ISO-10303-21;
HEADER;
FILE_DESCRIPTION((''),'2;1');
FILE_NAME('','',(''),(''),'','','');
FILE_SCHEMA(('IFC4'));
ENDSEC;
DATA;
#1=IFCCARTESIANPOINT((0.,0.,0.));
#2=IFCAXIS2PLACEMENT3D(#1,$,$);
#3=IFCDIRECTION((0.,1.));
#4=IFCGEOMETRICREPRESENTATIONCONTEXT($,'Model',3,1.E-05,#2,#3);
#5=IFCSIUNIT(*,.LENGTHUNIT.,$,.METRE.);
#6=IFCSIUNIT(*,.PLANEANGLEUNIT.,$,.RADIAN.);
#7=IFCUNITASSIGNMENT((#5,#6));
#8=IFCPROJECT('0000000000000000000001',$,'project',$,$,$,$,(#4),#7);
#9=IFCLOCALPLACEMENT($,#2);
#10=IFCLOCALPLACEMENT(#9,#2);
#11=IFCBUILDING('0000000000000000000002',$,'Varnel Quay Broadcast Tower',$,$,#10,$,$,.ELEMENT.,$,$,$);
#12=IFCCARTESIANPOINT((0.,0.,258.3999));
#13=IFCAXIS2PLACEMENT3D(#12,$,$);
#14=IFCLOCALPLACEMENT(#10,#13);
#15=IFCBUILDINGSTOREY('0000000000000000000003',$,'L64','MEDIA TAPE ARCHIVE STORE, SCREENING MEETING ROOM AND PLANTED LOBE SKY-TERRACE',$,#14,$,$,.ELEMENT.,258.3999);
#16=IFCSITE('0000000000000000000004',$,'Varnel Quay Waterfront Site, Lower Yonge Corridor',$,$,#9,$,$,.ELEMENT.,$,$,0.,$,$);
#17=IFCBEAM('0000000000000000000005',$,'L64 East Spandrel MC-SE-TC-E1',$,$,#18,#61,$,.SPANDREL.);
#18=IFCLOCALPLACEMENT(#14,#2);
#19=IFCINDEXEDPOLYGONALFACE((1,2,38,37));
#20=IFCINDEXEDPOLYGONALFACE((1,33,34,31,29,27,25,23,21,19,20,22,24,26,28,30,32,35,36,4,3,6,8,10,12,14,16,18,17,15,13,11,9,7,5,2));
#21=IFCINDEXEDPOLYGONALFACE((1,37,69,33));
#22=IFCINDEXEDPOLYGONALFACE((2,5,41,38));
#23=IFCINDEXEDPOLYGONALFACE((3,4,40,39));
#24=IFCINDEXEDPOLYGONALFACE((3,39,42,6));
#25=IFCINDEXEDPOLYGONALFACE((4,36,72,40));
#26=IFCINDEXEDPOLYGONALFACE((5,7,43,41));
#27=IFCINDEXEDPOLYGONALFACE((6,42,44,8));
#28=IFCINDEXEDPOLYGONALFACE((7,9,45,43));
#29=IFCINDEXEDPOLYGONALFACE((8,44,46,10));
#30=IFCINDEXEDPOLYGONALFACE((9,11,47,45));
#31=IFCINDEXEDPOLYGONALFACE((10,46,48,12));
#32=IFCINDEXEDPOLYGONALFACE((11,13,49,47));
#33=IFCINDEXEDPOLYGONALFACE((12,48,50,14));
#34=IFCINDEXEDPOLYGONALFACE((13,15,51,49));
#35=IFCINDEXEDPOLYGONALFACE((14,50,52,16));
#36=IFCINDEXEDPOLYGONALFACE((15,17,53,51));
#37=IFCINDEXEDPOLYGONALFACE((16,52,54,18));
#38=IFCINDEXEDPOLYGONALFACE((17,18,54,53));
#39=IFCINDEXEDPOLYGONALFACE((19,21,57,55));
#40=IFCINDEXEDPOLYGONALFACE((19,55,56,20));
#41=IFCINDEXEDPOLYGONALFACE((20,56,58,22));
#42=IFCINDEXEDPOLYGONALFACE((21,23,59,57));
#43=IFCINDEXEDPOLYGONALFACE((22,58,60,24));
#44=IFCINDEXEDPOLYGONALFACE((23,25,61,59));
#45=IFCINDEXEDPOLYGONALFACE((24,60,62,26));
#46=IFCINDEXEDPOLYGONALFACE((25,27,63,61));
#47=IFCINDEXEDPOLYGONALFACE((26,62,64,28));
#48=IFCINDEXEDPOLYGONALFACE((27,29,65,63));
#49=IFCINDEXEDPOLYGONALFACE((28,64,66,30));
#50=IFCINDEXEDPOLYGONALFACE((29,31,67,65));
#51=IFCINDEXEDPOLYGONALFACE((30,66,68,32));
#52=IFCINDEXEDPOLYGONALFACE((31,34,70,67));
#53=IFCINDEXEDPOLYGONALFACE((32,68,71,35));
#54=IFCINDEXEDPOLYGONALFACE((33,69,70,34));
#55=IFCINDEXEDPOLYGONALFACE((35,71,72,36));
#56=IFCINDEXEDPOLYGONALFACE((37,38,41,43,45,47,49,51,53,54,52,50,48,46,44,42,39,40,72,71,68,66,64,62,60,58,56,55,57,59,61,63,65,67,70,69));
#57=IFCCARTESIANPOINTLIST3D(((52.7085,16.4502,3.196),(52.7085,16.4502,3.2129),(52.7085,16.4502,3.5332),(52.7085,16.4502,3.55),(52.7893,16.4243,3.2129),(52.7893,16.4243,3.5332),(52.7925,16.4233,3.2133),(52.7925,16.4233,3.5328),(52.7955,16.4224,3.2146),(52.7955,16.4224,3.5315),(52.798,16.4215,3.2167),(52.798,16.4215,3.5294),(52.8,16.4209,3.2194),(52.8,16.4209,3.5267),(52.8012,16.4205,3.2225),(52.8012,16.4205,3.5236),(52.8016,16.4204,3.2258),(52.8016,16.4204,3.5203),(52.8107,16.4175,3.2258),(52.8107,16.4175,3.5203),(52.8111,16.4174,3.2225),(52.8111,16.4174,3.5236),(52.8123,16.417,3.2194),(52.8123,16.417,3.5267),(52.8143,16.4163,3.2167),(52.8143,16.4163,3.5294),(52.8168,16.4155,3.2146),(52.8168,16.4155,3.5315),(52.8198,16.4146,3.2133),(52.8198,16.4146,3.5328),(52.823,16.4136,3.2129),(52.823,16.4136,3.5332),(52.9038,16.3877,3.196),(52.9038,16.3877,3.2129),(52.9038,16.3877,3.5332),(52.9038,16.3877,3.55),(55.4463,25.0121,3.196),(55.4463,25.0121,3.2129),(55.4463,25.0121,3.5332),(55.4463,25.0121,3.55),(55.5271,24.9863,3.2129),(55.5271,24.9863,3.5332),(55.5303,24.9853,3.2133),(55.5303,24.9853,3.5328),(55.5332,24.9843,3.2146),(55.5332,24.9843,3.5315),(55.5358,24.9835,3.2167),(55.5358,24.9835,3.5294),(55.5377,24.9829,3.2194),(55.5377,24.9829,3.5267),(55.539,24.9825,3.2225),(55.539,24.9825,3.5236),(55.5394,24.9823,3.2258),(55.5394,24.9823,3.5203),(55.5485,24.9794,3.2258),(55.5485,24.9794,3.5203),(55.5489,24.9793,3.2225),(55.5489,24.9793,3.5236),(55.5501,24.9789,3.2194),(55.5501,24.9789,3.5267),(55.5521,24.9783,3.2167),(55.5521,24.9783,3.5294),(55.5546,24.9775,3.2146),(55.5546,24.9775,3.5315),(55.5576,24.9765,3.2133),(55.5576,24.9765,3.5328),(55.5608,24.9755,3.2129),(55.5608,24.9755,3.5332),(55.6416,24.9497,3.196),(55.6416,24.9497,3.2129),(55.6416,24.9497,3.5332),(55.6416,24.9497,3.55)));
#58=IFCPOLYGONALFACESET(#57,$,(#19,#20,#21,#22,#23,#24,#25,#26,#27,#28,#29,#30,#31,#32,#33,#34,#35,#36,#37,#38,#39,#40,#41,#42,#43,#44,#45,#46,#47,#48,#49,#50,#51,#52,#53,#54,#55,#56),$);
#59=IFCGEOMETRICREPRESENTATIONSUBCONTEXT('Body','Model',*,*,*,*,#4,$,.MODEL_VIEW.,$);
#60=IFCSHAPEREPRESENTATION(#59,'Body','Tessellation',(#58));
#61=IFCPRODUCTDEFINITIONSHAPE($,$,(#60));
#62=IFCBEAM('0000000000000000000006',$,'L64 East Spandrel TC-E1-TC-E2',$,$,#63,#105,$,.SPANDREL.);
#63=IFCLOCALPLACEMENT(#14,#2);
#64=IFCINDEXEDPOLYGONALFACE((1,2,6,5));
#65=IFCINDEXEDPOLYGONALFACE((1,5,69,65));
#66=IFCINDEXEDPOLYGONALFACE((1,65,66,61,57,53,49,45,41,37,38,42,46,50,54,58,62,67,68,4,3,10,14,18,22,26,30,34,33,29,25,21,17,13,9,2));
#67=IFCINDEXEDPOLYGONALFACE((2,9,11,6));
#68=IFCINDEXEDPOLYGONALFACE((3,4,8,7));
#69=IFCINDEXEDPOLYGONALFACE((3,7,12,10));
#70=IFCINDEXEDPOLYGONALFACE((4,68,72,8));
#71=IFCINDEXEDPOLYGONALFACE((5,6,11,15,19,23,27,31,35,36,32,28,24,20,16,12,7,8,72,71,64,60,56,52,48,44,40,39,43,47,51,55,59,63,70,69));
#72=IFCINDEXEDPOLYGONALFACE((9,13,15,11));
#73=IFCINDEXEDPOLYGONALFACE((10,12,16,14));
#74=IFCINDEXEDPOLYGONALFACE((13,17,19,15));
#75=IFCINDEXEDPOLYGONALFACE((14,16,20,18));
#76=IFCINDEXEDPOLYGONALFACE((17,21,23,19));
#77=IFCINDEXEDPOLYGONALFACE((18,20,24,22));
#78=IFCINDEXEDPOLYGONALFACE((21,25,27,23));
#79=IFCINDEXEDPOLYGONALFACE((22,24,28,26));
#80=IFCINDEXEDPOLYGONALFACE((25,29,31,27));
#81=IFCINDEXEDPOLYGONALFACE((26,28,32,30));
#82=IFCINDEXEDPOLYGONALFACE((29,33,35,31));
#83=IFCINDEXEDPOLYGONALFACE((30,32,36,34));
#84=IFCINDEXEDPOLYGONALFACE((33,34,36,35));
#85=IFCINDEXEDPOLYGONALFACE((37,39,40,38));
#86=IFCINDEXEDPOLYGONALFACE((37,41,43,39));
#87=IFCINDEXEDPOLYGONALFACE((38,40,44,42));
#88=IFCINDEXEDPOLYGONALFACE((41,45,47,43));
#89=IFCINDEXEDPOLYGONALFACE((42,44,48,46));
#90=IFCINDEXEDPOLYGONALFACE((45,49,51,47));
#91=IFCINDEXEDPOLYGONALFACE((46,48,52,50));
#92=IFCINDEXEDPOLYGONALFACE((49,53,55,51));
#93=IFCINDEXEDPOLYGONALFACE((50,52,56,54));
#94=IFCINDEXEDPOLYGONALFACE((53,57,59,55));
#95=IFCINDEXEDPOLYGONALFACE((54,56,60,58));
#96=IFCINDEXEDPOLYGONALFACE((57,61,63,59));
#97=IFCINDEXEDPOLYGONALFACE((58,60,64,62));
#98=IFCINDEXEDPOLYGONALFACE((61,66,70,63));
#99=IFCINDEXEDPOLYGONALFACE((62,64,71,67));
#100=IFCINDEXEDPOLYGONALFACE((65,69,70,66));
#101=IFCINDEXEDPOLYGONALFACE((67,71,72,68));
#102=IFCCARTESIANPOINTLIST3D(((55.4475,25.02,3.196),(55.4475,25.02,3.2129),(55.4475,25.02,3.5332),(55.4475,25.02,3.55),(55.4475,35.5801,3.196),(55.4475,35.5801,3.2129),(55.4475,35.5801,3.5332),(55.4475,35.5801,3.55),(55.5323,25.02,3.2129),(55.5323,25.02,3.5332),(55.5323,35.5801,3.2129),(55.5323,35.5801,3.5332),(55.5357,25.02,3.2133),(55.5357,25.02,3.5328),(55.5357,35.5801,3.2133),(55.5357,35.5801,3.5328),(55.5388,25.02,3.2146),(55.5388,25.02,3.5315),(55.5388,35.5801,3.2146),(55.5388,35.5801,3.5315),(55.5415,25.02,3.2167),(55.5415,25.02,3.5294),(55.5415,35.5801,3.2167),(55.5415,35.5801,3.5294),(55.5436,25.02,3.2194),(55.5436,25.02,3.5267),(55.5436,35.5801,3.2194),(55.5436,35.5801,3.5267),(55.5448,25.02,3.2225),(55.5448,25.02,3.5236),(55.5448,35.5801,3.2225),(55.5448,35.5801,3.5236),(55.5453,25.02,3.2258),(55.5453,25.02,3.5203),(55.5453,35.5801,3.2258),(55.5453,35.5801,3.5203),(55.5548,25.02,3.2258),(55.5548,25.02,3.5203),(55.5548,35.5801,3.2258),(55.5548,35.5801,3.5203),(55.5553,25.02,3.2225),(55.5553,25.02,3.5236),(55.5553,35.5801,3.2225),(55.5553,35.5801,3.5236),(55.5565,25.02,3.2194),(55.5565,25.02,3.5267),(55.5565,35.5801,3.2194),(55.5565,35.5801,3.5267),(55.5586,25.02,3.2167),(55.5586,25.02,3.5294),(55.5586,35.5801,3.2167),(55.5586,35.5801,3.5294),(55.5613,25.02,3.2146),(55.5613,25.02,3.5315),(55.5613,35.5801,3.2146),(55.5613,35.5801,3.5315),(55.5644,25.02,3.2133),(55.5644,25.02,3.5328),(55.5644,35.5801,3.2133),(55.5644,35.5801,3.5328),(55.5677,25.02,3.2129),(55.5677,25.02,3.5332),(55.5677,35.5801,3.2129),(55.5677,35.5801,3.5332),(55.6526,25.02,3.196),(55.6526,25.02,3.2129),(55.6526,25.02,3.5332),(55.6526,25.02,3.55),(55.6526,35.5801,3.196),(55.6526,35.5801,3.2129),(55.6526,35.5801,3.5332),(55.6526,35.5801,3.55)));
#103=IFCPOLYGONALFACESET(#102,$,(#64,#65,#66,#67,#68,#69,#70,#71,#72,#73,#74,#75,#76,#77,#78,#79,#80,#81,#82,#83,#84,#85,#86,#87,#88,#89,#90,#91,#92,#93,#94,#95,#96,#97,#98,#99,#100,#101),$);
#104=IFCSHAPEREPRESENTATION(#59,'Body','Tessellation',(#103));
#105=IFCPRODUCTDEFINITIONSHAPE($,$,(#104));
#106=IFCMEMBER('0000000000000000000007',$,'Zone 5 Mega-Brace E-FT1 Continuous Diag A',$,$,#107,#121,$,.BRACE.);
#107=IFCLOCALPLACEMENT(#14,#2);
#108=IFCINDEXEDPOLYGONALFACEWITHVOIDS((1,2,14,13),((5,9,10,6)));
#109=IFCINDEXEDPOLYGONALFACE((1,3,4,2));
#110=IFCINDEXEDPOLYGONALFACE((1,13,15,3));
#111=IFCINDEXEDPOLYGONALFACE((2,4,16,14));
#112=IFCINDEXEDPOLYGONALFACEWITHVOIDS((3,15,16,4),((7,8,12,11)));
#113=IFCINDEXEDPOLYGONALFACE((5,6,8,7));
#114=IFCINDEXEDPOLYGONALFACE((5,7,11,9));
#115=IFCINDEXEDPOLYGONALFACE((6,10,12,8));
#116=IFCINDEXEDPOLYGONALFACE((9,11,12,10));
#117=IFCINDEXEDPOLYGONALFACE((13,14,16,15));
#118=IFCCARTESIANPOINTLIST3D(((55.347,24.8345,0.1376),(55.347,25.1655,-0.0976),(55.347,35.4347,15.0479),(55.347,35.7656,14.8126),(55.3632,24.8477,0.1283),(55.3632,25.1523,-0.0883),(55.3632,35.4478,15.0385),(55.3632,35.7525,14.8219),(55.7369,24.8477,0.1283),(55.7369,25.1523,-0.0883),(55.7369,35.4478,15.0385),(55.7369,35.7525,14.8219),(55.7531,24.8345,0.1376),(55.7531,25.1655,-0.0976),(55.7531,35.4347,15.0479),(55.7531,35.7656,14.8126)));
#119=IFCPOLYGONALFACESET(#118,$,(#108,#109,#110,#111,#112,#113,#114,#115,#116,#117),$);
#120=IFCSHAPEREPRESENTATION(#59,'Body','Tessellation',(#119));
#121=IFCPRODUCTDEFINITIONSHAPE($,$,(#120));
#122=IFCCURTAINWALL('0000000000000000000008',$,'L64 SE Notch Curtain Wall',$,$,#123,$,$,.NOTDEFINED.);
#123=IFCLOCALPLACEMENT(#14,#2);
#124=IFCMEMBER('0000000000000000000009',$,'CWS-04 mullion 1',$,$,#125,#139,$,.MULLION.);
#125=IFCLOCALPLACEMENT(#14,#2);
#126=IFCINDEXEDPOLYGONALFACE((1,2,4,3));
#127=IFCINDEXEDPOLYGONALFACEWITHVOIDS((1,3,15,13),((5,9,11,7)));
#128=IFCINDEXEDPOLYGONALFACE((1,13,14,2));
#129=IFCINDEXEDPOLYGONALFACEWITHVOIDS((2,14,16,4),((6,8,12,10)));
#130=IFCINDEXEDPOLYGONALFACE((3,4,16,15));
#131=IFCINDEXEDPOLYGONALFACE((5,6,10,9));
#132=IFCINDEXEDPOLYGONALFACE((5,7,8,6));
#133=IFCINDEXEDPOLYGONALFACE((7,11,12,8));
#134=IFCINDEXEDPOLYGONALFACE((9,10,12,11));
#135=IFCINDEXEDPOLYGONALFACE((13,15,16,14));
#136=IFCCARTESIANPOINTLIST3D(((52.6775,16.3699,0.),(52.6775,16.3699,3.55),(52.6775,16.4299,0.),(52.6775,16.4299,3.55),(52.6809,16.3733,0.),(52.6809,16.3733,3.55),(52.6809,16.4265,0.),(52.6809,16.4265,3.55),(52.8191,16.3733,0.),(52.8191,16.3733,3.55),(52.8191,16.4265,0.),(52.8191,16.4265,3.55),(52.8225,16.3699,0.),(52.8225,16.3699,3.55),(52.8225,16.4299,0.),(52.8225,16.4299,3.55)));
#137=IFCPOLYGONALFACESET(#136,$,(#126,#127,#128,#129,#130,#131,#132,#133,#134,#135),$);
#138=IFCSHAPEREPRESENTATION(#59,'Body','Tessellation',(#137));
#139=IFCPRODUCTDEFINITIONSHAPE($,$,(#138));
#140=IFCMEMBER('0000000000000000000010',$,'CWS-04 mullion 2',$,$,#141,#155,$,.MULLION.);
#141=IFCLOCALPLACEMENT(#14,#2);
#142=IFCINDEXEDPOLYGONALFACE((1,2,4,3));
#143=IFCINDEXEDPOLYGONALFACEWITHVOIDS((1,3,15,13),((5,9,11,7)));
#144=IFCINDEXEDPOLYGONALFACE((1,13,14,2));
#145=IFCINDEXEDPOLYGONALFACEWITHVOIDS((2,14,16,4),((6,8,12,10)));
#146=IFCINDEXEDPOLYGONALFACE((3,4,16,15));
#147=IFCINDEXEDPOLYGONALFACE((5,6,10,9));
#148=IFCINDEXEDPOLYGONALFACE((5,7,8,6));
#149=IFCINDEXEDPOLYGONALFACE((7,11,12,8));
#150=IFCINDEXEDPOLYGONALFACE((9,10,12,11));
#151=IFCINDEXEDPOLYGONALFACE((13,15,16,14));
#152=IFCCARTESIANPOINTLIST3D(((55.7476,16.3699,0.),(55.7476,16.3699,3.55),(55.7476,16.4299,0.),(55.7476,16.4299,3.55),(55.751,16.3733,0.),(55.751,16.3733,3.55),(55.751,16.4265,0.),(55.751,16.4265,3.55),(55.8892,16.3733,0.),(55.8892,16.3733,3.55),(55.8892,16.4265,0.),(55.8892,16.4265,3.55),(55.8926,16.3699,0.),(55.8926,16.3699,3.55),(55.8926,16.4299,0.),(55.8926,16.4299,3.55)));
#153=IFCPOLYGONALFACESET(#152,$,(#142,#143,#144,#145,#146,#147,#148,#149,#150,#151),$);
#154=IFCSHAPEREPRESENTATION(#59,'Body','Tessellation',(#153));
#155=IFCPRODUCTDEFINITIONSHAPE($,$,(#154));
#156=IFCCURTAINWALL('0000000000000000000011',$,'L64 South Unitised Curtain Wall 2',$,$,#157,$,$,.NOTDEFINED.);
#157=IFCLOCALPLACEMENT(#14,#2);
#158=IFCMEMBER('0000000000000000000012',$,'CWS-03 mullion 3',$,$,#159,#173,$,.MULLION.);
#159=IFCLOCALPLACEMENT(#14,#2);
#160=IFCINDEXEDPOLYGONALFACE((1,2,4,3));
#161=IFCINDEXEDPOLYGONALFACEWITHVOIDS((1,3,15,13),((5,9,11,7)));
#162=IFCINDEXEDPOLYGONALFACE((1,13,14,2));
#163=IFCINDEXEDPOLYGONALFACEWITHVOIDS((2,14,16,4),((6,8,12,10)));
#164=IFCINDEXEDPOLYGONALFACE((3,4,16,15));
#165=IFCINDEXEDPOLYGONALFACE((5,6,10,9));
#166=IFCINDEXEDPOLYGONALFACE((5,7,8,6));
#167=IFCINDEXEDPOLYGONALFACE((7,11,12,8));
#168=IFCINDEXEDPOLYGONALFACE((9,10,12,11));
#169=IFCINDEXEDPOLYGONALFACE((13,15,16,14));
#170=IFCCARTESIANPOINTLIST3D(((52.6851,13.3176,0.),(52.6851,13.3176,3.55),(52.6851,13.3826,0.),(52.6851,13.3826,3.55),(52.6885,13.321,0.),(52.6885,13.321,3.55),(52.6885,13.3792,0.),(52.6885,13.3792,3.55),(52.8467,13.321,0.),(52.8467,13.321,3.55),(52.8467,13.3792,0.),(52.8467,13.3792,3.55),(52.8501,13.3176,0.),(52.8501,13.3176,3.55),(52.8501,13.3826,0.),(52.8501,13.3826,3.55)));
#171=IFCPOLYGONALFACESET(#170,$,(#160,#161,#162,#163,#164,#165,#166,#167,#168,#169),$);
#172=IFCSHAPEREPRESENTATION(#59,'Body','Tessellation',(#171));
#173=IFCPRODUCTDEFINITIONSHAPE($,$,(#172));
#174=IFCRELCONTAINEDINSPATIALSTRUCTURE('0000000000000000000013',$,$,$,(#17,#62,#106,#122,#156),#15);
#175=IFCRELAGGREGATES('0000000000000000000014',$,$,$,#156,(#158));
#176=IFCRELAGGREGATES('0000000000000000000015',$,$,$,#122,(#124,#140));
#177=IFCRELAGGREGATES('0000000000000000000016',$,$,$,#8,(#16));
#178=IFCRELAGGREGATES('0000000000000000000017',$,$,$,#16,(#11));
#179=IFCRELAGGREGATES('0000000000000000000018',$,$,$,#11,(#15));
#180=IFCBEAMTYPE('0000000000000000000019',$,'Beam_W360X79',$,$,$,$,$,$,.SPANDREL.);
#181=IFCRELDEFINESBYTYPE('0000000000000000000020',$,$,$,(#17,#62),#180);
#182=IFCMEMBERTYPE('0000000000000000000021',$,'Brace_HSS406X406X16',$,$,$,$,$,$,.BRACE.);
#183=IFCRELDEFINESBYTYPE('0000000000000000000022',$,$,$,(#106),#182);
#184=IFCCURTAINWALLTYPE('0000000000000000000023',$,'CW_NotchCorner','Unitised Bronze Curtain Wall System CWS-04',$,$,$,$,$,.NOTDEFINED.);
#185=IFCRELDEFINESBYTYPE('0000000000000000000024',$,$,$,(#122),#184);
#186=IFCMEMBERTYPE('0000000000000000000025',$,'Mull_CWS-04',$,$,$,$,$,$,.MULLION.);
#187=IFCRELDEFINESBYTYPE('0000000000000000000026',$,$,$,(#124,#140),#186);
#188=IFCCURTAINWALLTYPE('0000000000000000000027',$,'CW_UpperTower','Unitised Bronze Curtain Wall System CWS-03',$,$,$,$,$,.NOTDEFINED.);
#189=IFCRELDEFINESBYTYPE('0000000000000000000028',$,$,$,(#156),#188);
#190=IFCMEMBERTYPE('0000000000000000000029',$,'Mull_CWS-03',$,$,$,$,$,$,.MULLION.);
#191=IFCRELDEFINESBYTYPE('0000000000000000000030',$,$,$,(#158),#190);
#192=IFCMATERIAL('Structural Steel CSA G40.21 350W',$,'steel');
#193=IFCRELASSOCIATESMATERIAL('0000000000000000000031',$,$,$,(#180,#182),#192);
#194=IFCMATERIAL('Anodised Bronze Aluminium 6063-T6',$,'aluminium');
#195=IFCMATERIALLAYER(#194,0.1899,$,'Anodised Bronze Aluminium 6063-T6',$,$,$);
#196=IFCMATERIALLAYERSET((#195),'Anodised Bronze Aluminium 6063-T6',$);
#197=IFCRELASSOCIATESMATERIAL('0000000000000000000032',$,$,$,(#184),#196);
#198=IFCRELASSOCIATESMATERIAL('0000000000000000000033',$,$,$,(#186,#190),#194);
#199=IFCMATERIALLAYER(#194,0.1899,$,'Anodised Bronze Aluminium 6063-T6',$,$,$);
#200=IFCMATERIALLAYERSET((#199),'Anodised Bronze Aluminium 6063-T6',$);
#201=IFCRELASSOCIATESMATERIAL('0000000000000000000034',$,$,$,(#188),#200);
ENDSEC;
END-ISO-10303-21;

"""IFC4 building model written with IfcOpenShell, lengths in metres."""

from ifc_helpers import new_model, si_unit, direction, frame, origin, origin_2d, place, context, subcontext, project, spatial, hollow_rectangle, i_section, extrude, source, transform, mapped, material, layer, layer_set, material_profile, profile_set, type_object, type_shapes, element, aggregate, save


model = new_model("IFC4")

# Units and contexts
model_context = context("Model", 3, precision=1e-05, world=origin(), true_north=direction((0.0, 1.0)))
body_context = subcontext(model_context, "Body", "Model", "MODEL_VIEW")
ifc_project = project(units=[si_unit("LENGTHUNIT", "METRE"), si_unit("PLANEANGLEUNIT", "RADIAN")], contexts=[model_context])

# Site, building, storey
site_placement = place(None, origin())
site = spatial("IfcSite", under=ifc_project, at=site_placement, Name="Varnel Quay Waterfront Site, Lower Yonge Corridor", CompositionType="ELEMENT", RefElevation=0.0)
building_placement = place(site_placement, origin())
building = spatial("IfcBuilding", under=site, at=building_placement, Name="Varnel Quay Broadcast Tower", CompositionType="ELEMENT")
storey_placement = place(building_placement, frame((0.0, 0.0, 258.3999)))
storey = spatial("IfcBuildingStorey", under=building, at=storey_placement, Name="L64", Description="MEDIA TAPE ARCHIVE STORE, SCREENING MEETING ROOM AND PLANTED LOBE SKY-TERRACE", CompositionType="ELEMENT", Elevation=258.3999)

# Shared definitions
ifc_material_1 = material(Name="Structural Steel CSA G40.21 350W", Category="steel")

# Beams
ifc_material_profile_1 = material_profile(ifc_material_1, i_section(OverallWidth=0.2051, OverallDepth=0.354, WebThickness=0.0095, FlangeThickness=0.0168, FilletRadius=0.0129, at=origin_2d()), Name="W360X79")
ifc_profile_set_1 = profile_set([ifc_material_profile_1], Name="Structural Steel CSA G40.21 350W")
beam_type = type_object("IfcBeamType", Name="Beam_W360X79", PredefinedType="SPANDREL", material=ifc_profile_set_1)
shared_shape_1 = source(origin(), body_context, "Body", "SweptSolid", [
    extrude(i_section(OverallWidth=0.2051, OverallDepth=0.354, WebThickness=0.0095, FlangeThickness=0.0168, FilletRadius=0.0129, at=origin_2d()), origin(), (0.0, 0.0, 1.0), 8.989),
])
beam_1_placement = place(storey_placement, frame((52.8062, 16.4189, 3.373), z_axis=(0.304569, 0.95249, 0.0), x_axis=(-0.95249, 0.304569, 0.0)))
element("IfcBeam", 1, at=beam_1_placement, inside=storey, type_object=beam_type, Name="L64 East Spandrel MC-SE-TC-E1", PredefinedType="SPANDREL", context=body_context, shape_type="MappedRepresentation", body=[
    mapped(shared_shape_1, transform((0.0, 0.0, 0.0), x_axis=(1.0, 0.0, 0.0), y_axis=(0.0, 1.0, 0.0), z_axis=(0.0, 0.0, 1.0), scale=1.0)),
])
shared_shape_2 = source(origin(), body_context, "Body", "SweptSolid", [
    extrude(i_section(OverallWidth=0.2051, OverallDepth=0.354, WebThickness=0.0095, FlangeThickness=0.0168, FilletRadius=0.0129, at=origin_2d()), origin(), (0.0, 0.0, 1.0), 10.5601),
])
beam_2_placement = place(storey_placement, frame((55.55, 25.02, 3.373), z_axis=(0.0, 1.0, 0.0), x_axis=(-1.0, 0.0, 0.0)))
element("IfcBeam", 2, at=beam_2_placement, inside=storey, type_object=beam_type, Name="L64 East Spandrel TC-E1-TC-E2", PredefinedType="SPANDREL", context=body_context, shape_type="MappedRepresentation", body=[
    mapped(shared_shape_2, transform((0.0, 0.0, 0.0), x_axis=(1.0, 0.0, 0.0), y_axis=(0.0, 1.0, 0.0), z_axis=(0.0, 0.0, 1.0), scale=1.0)),
])

# Member
ifc_material_profile_2 = material_profile(ifc_material_1, hollow_rectangle(XDim=0.406, YDim=0.406, WallThickness=0.0161, at=origin_2d()), Name="HSS406X406X16")
ifc_profile_set_2 = profile_set([ifc_material_profile_2], Name="Structural Steel CSA G40.21 350W")
member_type_1 = type_object("IfcMemberType", Name="Brace_HSS406X406X16", PredefinedType="BRACE", material=ifc_profile_set_2)
shared_shape_3 = source(origin(), body_context, "Body", "SweptSolid", [
    extrude(hollow_rectangle(XDim=0.406, YDim=0.406, WallThickness=0.0161, at=origin_2d()), origin(), (0.0, 0.0, 1.0), 18.2942),
])
type_shapes(member_type_1, [shared_shape_3])
member_1_placement = place(storey_placement, frame((55.55, 25.0, 0.02), z_axis=(0.0, 0.579426, 0.815025), x_axis=(-1.0, 0.0, 0.0)))
element("IfcMember", 3, at=member_1_placement, inside=storey, type_object=member_type_1, Name="Zone 5 Mega-Brace E-FT1 Continuous Diag A", PredefinedType="BRACE", context=body_context, shape_type="MappedRepresentation", body=[
    mapped(shared_shape_3, transform((0.0, 0.0, 0.0), x_axis=(1.0, 0.0, 0.0), y_axis=(0.0, 1.0, 0.0), z_axis=(0.0, 0.0, 1.0), scale=1.0)),
])

# Curtain wall, members
ifc_material_2 = material(Name="Anodised Bronze Aluminium 6063-T6", Category="aluminium")
ifc_layer_1 = layer(ifc_material_2, 0.1899, Name="Anodised Bronze Aluminium 6063-T6")
ifc_layer_set_1 = layer_set([ifc_layer_1], Name="Anodised Bronze Aluminium 6063-T6")
curtain_wall_type_1 = type_object("IfcCurtainWallType", Name="CW_NotchCorner", Description="Unitised Bronze Curtain Wall System CWS-04", PredefinedType="NOTDEFINED", material=ifc_layer_set_1)
curtain_wall_1_placement = place(storey_placement, origin())
curtain_wall_1 = element("IfcCurtainWall", 4, at=curtain_wall_1_placement, inside=storey, type_object=curtain_wall_type_1, Name="L64 SE Notch Curtain Wall", PredefinedType="NOTDEFINED")
ifc_material_profile_3 = material_profile(ifc_material_2, hollow_rectangle(XDim=0.0601, YDim=0.145, WallThickness=0.0034, at=origin_2d()), Name="ALU60X145X3.5")
ifc_profile_set_3 = profile_set([ifc_material_profile_3], Name="Anodised Bronze Aluminium 6063-T6")
member_type_2 = type_object("IfcMemberType", Name="Mull_CWS-04", PredefinedType="MULLION", material=ifc_profile_set_3)
shared_shape_4 = source(origin(), body_context, "Body", "SweptSolid", [
    extrude(hollow_rectangle(XDim=0.0601, YDim=0.145, WallThickness=0.0034, at=origin_2d()), origin(), (0.0, 0.0, 1.0), 3.55),
])
type_shapes(member_type_2, [shared_shape_4])
member_2_placement = place(storey_placement, frame((52.75, 16.3999, 0.0), z_axis=(0.0, 0.0, 1.0), x_axis=(0.0, 1.0, 0.0)))
member_2 = element("IfcMember", 5, at=member_2_placement, type_object=member_type_2, Name="CWS-04 mullion 1", PredefinedType="MULLION", context=body_context, shape_type="MappedRepresentation", body=[
    mapped(shared_shape_4, transform((0.0, 0.0, 0.0), x_axis=(1.0, 0.0, 0.0), y_axis=(0.0, 1.0, 0.0), z_axis=(0.0, 0.0, 1.0), scale=1.0)),
])
member_3_placement = place(storey_placement, frame((55.8201, 16.3999, 0.0), z_axis=(0.0, 0.0, 1.0), x_axis=(0.0, 1.0, 0.0)))
member_3 = element("IfcMember", 6, at=member_3_placement, type_object=member_type_2, Name="CWS-04 mullion 2", PredefinedType="MULLION", context=body_context, shape_type="MappedRepresentation", body=[
    mapped(shared_shape_4, transform((0.0, 0.0, 0.0), x_axis=(1.0, 0.0, 0.0), y_axis=(0.0, 1.0, 0.0), z_axis=(0.0, 0.0, 1.0), scale=1.0)),
])

# Curtain wall, member
ifc_layer_2 = layer(ifc_material_2, 0.1899, Name="Anodised Bronze Aluminium 6063-T6")
ifc_layer_set_2 = layer_set([ifc_layer_2], Name="Anodised Bronze Aluminium 6063-T6")
curtain_wall_type_2 = type_object("IfcCurtainWallType", Name="CW_UpperTower", Description="Unitised Bronze Curtain Wall System CWS-03", PredefinedType="NOTDEFINED", material=ifc_layer_set_2)
curtain_wall_2_placement = place(storey_placement, origin())
curtain_wall_2 = element("IfcCurtainWall", 7, at=curtain_wall_2_placement, inside=storey, type_object=curtain_wall_type_2, Name="L64 South Unitised Curtain Wall 2", PredefinedType="NOTDEFINED")
ifc_material_profile_4 = material_profile(ifc_material_2, hollow_rectangle(XDim=0.0649, YDim=0.165, WallThickness=0.0034, at=origin_2d()), Name="ALU65X165X3.5")
ifc_profile_set_4 = profile_set([ifc_material_profile_4], Name="Anodised Bronze Aluminium 6063-T6")
member_type_3 = type_object("IfcMemberType", Name="Mull_CWS-03", PredefinedType="MULLION", material=ifc_profile_set_4)
shared_shape_5 = source(origin(), body_context, "Body", "SweptSolid", [
    extrude(hollow_rectangle(XDim=0.0649, YDim=0.165, WallThickness=0.0034, at=origin_2d()), origin(), (0.0, 0.0, 1.0), 3.55),
])
type_shapes(member_type_3, [shared_shape_5])
member_4_placement = place(storey_placement, frame((52.7676, 13.3501, 0.0), z_axis=(0.0, 0.0, 1.0), x_axis=(0.0, 1.0, 0.0)))
member_4 = element("IfcMember", 8, at=member_4_placement, type_object=member_type_3, Name="CWS-03 mullion 3", PredefinedType="MULLION", context=body_context, shape_type="MappedRepresentation", body=[
    mapped(shared_shape_5, transform((0.0, 0.0, 0.0), x_axis=(1.0, 0.0, 0.0), y_axis=(0.0, 1.0, 0.0), z_axis=(0.0, 0.0, 1.0), scale=1.0)),
])

aggregate(curtain_wall_2, [member_4])
aggregate(curtain_wall_1, [member_2, member_3])

save(model, "model.ifc")
